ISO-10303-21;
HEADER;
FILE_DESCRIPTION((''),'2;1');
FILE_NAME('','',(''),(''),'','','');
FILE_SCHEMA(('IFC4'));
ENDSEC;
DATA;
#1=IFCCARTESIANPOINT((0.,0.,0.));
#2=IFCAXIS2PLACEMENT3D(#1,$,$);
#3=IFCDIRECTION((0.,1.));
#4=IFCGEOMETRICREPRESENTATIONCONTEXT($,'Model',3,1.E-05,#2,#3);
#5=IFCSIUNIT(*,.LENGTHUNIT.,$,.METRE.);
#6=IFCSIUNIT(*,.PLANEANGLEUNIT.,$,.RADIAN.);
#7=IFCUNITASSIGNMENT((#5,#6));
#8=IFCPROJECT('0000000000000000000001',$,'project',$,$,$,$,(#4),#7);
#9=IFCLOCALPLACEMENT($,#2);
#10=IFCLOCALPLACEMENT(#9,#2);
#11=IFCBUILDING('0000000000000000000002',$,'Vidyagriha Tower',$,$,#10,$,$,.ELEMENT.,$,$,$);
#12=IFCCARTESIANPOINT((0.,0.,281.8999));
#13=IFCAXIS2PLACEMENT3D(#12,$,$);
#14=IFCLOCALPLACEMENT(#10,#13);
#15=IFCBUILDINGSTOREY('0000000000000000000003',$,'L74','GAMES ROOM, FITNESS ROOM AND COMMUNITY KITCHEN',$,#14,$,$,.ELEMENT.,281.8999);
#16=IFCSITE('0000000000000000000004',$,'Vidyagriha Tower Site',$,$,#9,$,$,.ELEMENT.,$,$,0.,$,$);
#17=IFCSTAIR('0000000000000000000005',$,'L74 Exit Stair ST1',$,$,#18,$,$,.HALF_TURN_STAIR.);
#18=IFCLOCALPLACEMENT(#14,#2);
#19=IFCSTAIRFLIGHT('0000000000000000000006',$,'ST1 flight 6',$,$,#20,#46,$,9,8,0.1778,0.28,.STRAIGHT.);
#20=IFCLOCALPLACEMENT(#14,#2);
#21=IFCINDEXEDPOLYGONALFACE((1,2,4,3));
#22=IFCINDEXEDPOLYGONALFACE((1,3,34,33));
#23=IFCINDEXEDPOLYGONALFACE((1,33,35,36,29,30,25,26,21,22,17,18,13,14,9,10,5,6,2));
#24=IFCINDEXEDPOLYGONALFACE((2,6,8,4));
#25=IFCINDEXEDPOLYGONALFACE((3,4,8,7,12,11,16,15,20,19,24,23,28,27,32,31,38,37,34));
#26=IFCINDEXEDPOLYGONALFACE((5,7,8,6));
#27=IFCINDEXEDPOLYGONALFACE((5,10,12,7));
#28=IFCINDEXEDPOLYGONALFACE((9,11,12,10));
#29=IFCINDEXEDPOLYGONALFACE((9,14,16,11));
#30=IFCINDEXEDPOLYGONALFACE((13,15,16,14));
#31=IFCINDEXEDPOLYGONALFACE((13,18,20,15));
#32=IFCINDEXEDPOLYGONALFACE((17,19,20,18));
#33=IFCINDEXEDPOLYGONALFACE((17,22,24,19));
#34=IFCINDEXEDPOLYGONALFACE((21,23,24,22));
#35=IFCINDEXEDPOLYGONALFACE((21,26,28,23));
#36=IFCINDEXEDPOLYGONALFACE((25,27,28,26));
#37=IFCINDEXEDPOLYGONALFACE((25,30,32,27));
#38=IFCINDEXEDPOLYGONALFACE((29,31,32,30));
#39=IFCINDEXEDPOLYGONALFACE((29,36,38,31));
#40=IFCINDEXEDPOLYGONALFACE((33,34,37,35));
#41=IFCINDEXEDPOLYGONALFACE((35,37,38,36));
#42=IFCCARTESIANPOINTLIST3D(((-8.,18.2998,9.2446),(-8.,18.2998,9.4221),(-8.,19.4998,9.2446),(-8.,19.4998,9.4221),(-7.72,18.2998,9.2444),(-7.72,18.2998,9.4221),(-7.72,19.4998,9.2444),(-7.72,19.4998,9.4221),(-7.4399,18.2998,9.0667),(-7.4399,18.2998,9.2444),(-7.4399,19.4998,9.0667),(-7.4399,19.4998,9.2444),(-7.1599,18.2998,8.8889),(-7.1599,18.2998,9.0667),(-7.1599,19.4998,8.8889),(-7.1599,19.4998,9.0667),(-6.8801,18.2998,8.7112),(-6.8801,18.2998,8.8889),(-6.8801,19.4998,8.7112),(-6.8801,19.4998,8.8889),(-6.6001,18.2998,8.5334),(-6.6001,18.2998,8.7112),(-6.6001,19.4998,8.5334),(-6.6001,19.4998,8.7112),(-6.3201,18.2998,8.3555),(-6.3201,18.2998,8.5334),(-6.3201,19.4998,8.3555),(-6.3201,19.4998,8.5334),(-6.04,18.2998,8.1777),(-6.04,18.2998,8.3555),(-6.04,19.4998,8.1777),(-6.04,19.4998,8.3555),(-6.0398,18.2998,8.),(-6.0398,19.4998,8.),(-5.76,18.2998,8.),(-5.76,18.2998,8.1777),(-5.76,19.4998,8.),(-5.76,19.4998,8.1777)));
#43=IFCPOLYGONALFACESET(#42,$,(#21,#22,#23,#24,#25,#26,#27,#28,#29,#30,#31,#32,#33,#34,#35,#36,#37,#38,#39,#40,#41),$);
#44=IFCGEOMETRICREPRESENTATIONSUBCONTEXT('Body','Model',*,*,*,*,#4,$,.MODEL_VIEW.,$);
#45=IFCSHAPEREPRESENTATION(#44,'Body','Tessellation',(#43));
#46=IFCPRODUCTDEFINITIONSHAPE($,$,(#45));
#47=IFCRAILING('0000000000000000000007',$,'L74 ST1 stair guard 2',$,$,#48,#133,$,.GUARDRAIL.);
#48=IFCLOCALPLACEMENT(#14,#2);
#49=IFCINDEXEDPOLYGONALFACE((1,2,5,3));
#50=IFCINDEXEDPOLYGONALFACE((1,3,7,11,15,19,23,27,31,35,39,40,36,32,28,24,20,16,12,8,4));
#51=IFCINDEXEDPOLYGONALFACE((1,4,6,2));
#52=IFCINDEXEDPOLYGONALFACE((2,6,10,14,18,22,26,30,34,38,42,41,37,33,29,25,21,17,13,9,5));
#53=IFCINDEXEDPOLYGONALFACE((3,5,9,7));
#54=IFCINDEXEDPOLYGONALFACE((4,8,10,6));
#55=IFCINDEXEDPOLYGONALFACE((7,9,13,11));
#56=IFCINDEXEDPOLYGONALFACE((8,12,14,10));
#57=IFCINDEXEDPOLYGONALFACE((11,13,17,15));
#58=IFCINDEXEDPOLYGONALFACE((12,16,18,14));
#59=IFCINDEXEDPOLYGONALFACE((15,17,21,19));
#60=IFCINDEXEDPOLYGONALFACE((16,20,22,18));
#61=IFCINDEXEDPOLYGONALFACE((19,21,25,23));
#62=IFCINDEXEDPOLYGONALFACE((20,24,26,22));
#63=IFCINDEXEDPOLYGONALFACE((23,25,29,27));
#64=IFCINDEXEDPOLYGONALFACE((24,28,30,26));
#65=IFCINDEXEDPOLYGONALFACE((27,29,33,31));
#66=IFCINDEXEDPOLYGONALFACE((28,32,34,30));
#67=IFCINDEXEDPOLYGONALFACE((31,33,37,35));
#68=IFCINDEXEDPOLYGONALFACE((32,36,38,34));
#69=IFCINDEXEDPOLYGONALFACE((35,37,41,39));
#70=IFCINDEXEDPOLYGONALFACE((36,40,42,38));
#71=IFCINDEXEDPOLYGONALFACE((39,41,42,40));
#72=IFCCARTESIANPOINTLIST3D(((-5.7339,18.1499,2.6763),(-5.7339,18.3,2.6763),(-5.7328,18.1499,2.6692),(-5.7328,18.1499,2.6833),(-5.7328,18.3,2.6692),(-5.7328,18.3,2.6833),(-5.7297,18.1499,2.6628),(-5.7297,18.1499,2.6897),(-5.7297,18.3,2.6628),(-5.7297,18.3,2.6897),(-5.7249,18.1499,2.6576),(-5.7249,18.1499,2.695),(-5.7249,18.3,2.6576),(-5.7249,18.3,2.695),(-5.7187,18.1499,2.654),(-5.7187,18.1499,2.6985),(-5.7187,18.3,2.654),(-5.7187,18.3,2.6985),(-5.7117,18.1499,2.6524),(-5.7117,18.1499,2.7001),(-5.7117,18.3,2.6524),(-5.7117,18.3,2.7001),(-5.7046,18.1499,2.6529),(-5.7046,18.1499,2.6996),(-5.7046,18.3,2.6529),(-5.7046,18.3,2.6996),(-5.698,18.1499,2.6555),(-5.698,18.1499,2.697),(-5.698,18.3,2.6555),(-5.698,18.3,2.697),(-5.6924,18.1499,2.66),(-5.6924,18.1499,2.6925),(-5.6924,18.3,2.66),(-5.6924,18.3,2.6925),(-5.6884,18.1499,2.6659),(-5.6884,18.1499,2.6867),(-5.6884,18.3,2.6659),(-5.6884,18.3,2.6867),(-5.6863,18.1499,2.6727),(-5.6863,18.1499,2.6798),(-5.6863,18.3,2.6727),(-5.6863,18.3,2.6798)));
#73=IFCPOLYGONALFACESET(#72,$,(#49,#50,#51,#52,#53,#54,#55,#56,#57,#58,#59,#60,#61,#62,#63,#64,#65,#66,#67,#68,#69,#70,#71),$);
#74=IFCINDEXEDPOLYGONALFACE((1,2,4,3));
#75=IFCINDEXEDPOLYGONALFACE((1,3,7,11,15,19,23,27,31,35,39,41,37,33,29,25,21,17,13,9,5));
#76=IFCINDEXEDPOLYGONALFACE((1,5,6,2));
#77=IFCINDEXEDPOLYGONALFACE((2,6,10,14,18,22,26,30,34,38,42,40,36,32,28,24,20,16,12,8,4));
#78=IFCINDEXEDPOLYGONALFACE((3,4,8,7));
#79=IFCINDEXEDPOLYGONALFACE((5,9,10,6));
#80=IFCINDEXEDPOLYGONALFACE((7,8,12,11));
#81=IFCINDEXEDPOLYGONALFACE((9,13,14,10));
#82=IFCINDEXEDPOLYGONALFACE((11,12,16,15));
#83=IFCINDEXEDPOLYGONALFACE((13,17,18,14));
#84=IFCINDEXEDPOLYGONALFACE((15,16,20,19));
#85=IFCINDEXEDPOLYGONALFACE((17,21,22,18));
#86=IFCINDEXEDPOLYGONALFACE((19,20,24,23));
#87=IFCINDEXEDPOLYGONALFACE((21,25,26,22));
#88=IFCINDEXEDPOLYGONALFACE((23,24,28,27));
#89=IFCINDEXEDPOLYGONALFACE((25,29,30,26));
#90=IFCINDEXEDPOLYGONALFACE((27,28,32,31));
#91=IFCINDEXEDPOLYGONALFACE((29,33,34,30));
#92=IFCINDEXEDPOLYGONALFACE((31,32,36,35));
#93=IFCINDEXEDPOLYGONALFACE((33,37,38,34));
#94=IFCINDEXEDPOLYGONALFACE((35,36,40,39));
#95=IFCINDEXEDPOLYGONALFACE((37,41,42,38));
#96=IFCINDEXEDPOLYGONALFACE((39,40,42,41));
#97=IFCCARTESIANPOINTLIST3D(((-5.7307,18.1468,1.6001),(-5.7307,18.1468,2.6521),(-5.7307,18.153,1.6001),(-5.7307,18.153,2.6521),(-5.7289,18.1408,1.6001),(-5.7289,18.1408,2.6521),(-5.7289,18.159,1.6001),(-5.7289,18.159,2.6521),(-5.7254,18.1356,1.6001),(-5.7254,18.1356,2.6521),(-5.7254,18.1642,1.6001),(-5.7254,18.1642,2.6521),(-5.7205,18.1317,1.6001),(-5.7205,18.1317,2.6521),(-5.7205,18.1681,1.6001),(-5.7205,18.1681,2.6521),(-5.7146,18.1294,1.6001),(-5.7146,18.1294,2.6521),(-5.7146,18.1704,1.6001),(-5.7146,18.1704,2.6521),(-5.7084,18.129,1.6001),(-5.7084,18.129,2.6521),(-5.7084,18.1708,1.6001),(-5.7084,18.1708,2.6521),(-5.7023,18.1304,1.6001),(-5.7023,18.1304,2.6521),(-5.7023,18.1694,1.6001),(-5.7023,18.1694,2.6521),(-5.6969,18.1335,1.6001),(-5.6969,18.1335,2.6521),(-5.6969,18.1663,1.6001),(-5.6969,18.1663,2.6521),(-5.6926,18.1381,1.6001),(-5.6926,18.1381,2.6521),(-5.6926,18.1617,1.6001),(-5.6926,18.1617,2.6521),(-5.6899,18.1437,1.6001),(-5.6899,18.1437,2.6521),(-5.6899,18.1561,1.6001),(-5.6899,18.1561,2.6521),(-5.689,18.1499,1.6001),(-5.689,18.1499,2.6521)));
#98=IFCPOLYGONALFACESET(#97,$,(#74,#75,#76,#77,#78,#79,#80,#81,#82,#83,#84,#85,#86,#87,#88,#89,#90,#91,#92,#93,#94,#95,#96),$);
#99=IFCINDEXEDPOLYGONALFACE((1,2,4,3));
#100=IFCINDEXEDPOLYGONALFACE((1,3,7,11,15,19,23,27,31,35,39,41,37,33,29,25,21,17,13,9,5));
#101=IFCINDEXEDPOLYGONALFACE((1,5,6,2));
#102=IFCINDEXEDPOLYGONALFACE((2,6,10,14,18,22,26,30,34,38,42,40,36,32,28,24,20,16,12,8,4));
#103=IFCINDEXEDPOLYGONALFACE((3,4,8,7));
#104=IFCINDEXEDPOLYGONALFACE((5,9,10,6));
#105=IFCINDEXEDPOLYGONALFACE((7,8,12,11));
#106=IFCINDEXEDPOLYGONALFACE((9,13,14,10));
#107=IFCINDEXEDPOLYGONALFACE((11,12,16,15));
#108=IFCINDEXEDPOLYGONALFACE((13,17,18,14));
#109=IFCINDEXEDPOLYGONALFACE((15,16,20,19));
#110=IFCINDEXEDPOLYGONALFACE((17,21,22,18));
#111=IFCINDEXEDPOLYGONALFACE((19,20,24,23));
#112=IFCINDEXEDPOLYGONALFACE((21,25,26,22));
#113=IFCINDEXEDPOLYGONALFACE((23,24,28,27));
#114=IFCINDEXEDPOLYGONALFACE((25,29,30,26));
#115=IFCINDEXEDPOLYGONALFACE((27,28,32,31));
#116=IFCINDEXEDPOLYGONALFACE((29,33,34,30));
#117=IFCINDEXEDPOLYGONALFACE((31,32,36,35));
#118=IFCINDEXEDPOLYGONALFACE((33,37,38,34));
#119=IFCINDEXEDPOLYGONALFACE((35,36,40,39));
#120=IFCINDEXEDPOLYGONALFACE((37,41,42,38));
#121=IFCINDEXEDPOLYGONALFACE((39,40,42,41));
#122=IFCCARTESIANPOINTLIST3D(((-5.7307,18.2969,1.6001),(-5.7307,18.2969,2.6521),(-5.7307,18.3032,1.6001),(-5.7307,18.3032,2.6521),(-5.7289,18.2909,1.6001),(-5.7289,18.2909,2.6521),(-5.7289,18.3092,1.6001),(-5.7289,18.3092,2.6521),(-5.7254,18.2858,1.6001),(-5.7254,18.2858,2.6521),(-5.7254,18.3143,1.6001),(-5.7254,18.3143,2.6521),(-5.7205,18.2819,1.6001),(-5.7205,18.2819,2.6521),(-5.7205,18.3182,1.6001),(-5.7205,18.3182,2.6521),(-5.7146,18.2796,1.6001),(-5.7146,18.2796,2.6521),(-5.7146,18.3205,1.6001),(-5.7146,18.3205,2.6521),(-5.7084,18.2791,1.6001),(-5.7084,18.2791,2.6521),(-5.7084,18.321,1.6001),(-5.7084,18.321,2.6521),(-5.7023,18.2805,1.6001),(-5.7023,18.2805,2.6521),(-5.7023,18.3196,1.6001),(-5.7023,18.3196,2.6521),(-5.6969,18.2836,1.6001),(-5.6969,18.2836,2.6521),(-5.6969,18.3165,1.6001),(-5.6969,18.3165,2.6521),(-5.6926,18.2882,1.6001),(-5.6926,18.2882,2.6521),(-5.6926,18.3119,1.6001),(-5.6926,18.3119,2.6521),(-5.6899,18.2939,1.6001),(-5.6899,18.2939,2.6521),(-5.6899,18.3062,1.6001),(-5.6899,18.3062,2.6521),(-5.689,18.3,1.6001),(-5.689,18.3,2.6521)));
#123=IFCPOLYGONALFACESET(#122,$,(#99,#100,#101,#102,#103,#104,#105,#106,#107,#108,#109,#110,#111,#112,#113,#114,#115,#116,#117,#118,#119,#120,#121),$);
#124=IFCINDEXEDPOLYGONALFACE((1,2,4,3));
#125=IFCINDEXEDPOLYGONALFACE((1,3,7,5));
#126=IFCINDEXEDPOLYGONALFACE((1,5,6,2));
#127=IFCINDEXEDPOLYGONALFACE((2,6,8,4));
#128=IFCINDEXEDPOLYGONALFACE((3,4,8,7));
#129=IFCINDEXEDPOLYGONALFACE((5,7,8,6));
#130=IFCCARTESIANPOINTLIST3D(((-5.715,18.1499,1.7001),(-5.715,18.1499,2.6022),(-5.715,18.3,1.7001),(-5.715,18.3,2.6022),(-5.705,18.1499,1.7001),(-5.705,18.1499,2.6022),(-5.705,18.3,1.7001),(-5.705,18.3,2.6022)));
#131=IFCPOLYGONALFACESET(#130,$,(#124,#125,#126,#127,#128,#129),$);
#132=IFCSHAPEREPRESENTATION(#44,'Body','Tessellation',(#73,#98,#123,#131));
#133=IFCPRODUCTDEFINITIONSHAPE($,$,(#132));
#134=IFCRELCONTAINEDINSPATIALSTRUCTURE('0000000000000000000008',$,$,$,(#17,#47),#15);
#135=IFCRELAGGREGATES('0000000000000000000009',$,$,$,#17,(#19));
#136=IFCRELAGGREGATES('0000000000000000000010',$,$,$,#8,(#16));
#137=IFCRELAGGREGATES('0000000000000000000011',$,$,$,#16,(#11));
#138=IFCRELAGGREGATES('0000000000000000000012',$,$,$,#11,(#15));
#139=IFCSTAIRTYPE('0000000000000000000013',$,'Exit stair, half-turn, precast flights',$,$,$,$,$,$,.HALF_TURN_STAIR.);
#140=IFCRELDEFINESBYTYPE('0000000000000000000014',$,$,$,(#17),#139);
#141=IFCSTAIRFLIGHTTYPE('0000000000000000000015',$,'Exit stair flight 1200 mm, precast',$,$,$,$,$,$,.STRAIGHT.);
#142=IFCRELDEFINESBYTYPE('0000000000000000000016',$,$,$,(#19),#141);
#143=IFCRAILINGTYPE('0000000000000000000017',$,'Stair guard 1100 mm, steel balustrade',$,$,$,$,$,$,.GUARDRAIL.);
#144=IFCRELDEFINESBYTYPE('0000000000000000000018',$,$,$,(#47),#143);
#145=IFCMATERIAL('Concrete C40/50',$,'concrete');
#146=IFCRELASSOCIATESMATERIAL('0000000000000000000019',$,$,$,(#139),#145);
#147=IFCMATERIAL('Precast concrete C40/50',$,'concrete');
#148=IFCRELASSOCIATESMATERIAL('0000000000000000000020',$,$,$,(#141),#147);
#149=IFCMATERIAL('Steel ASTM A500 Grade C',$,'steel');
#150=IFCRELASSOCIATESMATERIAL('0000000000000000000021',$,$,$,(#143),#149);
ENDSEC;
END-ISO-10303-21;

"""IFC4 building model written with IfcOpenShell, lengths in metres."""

from ifc_helpers import new_model, si_unit, direction, frame, origin, origin_2d, place, context, subcontext, project, spatial, polyline, rectangle, circle, outline, extrude, material, type_object, element, aggregate, save


model = new_model("IFC4")

# Units and contexts
model_context = context("Model", 3, precision=1e-05, world=origin(), true_north=direction((0.0, 1.0)))
body_context = subcontext(model_context, "Body", "Model", "MODEL_VIEW")
ifc_project = project(units=[si_unit("LENGTHUNIT", "METRE"), si_unit("PLANEANGLEUNIT", "RADIAN")], contexts=[model_context])

# Site, building, storey
site_placement = place(None, origin())
site = spatial("IfcSite", under=ifc_project, at=site_placement, Name="Vidyagriha Tower Site", CompositionType="ELEMENT", RefElevation=0.0)
building_placement = place(site_placement, origin())
building = spatial("IfcBuilding", under=site, at=building_placement, Name="Vidyagriha Tower", CompositionType="ELEMENT")
storey_placement = place(building_placement, frame((0.0, 0.0, 281.8999)))
storey = spatial("IfcBuildingStorey", under=building, at=storey_placement, Name="L74", Description="GAMES ROOM, FITNESS ROOM AND COMMUNITY KITCHEN", CompositionType="ELEMENT", Elevation=281.8999)

# Stair, stair flight
ifc_material_1 = material(Name="Concrete C40/50", Category="concrete")
stair_type = type_object("IfcStairType", Name="Exit stair, half-turn, precast flights", PredefinedType="HALF_TURN_STAIR", material=ifc_material_1)
stair_placement = place(storey_placement, origin())
stair = element("IfcStair", 1, at=stair_placement, inside=storey, type_object=stair_type, Name="L74 Exit Stair ST1", PredefinedType="HALF_TURN_STAIR")
ifc_material_2 = material(Name="Precast concrete C40/50", Category="concrete")
stair_flight_type = type_object("IfcStairFlightType", Name="Exit stair flight 1200 mm, precast", PredefinedType="STRAIGHT", material=ifc_material_2)
stair_flight_1_placement = place(storey_placement, frame((-5.76, 18.8999, 8.0), z_axis=(0.0, 0.0, 1.0), x_axis=(-1.0, 0.0, 0.0)))
stair_flight_1 = element("IfcStairFlight", 2, at=stair_flight_1_placement, type_object=stair_flight_type, Name="ST1 flight 6", NumberOfRisers=9, NumberOfTreads=8, PredefinedType="STRAIGHT", RiserHeight=0.1778, TreadLength=0.28, context=body_context, shape_type="SweptSolid", body=[
    extrude(outline(polyline([(0.0, 0.0), (0.0, 0.1777), (0.28, 0.1777), (0.28, 0.3555), (0.5601, 0.3555), (0.5601, 0.5334), (0.8401, 0.5334), (0.8401, 0.7112), (1.1201, 0.7112), (1.1201, 0.8889), (1.3999, 0.8889), (1.3999, 1.0667), (1.6799, 1.0667), (1.6799, 1.2444), (1.96, 1.2444), (1.96, 1.4221), (2.24, 1.4221), (2.24, 1.6001), (2.24, 1.2446), (0.2798, 0.0), (0.0, 0.0)])), frame((0.0, 0.6001, 0.0), z_axis=(0.0, -1.0, 0.0), x_axis=(1.0, 0.0, 0.0)), (0.0, 0.0, 1.0), 1.2),
])
aggregate(stair, [stair_flight_1])

# Railing
ifc_material_3 = material(Name="Steel ASTM A500 Grade C", Category="steel")
railing_type_1 = type_object("IfcRailingType", Name="Stair guard 1100 mm, steel balustrade", PredefinedType="GUARDRAIL", material=ifc_material_3)
railing_1_placement = place(storey_placement, frame((-5.71, 18.1499, 1.6001)))
element("IfcRailing", 3, at=railing_1_placement, inside=storey, type_object=railing_type_1, Name="L74 ST1 stair guard 2", PredefinedType="GUARDRAIL", context=body_context, shape_type="SweptSolid", body=[
    extrude(circle(Radius=0.0239, at=origin_2d()), frame((0.0, 0.0, 1.0762), z_axis=(0.0, 1.0, 0.0), x_axis=(-1.0, 0.0, 0.0)), (0.0, 0.0, 1.0), 0.1501),
    extrude(circle(Radius=0.021, at=origin_2d()), origin(), (0.0, 0.0, 1.0), 1.052),
    extrude(circle(Radius=0.021, at=origin_2d()), frame((0.0, 0.1501, 0.0)), (0.0, 0.0, 1.0), 1.052),
    extrude(rectangle(XDim=0.01, YDim=0.9021, at=origin_2d()), frame((0.0, 0.0, 0.551), z_axis=(0.0, 1.0, 0.0), x_axis=(-1.0, 0.0, 0.0)), (0.0, 0.0, 1.0), 0.1501),
])

save(model, "model.ifc")
